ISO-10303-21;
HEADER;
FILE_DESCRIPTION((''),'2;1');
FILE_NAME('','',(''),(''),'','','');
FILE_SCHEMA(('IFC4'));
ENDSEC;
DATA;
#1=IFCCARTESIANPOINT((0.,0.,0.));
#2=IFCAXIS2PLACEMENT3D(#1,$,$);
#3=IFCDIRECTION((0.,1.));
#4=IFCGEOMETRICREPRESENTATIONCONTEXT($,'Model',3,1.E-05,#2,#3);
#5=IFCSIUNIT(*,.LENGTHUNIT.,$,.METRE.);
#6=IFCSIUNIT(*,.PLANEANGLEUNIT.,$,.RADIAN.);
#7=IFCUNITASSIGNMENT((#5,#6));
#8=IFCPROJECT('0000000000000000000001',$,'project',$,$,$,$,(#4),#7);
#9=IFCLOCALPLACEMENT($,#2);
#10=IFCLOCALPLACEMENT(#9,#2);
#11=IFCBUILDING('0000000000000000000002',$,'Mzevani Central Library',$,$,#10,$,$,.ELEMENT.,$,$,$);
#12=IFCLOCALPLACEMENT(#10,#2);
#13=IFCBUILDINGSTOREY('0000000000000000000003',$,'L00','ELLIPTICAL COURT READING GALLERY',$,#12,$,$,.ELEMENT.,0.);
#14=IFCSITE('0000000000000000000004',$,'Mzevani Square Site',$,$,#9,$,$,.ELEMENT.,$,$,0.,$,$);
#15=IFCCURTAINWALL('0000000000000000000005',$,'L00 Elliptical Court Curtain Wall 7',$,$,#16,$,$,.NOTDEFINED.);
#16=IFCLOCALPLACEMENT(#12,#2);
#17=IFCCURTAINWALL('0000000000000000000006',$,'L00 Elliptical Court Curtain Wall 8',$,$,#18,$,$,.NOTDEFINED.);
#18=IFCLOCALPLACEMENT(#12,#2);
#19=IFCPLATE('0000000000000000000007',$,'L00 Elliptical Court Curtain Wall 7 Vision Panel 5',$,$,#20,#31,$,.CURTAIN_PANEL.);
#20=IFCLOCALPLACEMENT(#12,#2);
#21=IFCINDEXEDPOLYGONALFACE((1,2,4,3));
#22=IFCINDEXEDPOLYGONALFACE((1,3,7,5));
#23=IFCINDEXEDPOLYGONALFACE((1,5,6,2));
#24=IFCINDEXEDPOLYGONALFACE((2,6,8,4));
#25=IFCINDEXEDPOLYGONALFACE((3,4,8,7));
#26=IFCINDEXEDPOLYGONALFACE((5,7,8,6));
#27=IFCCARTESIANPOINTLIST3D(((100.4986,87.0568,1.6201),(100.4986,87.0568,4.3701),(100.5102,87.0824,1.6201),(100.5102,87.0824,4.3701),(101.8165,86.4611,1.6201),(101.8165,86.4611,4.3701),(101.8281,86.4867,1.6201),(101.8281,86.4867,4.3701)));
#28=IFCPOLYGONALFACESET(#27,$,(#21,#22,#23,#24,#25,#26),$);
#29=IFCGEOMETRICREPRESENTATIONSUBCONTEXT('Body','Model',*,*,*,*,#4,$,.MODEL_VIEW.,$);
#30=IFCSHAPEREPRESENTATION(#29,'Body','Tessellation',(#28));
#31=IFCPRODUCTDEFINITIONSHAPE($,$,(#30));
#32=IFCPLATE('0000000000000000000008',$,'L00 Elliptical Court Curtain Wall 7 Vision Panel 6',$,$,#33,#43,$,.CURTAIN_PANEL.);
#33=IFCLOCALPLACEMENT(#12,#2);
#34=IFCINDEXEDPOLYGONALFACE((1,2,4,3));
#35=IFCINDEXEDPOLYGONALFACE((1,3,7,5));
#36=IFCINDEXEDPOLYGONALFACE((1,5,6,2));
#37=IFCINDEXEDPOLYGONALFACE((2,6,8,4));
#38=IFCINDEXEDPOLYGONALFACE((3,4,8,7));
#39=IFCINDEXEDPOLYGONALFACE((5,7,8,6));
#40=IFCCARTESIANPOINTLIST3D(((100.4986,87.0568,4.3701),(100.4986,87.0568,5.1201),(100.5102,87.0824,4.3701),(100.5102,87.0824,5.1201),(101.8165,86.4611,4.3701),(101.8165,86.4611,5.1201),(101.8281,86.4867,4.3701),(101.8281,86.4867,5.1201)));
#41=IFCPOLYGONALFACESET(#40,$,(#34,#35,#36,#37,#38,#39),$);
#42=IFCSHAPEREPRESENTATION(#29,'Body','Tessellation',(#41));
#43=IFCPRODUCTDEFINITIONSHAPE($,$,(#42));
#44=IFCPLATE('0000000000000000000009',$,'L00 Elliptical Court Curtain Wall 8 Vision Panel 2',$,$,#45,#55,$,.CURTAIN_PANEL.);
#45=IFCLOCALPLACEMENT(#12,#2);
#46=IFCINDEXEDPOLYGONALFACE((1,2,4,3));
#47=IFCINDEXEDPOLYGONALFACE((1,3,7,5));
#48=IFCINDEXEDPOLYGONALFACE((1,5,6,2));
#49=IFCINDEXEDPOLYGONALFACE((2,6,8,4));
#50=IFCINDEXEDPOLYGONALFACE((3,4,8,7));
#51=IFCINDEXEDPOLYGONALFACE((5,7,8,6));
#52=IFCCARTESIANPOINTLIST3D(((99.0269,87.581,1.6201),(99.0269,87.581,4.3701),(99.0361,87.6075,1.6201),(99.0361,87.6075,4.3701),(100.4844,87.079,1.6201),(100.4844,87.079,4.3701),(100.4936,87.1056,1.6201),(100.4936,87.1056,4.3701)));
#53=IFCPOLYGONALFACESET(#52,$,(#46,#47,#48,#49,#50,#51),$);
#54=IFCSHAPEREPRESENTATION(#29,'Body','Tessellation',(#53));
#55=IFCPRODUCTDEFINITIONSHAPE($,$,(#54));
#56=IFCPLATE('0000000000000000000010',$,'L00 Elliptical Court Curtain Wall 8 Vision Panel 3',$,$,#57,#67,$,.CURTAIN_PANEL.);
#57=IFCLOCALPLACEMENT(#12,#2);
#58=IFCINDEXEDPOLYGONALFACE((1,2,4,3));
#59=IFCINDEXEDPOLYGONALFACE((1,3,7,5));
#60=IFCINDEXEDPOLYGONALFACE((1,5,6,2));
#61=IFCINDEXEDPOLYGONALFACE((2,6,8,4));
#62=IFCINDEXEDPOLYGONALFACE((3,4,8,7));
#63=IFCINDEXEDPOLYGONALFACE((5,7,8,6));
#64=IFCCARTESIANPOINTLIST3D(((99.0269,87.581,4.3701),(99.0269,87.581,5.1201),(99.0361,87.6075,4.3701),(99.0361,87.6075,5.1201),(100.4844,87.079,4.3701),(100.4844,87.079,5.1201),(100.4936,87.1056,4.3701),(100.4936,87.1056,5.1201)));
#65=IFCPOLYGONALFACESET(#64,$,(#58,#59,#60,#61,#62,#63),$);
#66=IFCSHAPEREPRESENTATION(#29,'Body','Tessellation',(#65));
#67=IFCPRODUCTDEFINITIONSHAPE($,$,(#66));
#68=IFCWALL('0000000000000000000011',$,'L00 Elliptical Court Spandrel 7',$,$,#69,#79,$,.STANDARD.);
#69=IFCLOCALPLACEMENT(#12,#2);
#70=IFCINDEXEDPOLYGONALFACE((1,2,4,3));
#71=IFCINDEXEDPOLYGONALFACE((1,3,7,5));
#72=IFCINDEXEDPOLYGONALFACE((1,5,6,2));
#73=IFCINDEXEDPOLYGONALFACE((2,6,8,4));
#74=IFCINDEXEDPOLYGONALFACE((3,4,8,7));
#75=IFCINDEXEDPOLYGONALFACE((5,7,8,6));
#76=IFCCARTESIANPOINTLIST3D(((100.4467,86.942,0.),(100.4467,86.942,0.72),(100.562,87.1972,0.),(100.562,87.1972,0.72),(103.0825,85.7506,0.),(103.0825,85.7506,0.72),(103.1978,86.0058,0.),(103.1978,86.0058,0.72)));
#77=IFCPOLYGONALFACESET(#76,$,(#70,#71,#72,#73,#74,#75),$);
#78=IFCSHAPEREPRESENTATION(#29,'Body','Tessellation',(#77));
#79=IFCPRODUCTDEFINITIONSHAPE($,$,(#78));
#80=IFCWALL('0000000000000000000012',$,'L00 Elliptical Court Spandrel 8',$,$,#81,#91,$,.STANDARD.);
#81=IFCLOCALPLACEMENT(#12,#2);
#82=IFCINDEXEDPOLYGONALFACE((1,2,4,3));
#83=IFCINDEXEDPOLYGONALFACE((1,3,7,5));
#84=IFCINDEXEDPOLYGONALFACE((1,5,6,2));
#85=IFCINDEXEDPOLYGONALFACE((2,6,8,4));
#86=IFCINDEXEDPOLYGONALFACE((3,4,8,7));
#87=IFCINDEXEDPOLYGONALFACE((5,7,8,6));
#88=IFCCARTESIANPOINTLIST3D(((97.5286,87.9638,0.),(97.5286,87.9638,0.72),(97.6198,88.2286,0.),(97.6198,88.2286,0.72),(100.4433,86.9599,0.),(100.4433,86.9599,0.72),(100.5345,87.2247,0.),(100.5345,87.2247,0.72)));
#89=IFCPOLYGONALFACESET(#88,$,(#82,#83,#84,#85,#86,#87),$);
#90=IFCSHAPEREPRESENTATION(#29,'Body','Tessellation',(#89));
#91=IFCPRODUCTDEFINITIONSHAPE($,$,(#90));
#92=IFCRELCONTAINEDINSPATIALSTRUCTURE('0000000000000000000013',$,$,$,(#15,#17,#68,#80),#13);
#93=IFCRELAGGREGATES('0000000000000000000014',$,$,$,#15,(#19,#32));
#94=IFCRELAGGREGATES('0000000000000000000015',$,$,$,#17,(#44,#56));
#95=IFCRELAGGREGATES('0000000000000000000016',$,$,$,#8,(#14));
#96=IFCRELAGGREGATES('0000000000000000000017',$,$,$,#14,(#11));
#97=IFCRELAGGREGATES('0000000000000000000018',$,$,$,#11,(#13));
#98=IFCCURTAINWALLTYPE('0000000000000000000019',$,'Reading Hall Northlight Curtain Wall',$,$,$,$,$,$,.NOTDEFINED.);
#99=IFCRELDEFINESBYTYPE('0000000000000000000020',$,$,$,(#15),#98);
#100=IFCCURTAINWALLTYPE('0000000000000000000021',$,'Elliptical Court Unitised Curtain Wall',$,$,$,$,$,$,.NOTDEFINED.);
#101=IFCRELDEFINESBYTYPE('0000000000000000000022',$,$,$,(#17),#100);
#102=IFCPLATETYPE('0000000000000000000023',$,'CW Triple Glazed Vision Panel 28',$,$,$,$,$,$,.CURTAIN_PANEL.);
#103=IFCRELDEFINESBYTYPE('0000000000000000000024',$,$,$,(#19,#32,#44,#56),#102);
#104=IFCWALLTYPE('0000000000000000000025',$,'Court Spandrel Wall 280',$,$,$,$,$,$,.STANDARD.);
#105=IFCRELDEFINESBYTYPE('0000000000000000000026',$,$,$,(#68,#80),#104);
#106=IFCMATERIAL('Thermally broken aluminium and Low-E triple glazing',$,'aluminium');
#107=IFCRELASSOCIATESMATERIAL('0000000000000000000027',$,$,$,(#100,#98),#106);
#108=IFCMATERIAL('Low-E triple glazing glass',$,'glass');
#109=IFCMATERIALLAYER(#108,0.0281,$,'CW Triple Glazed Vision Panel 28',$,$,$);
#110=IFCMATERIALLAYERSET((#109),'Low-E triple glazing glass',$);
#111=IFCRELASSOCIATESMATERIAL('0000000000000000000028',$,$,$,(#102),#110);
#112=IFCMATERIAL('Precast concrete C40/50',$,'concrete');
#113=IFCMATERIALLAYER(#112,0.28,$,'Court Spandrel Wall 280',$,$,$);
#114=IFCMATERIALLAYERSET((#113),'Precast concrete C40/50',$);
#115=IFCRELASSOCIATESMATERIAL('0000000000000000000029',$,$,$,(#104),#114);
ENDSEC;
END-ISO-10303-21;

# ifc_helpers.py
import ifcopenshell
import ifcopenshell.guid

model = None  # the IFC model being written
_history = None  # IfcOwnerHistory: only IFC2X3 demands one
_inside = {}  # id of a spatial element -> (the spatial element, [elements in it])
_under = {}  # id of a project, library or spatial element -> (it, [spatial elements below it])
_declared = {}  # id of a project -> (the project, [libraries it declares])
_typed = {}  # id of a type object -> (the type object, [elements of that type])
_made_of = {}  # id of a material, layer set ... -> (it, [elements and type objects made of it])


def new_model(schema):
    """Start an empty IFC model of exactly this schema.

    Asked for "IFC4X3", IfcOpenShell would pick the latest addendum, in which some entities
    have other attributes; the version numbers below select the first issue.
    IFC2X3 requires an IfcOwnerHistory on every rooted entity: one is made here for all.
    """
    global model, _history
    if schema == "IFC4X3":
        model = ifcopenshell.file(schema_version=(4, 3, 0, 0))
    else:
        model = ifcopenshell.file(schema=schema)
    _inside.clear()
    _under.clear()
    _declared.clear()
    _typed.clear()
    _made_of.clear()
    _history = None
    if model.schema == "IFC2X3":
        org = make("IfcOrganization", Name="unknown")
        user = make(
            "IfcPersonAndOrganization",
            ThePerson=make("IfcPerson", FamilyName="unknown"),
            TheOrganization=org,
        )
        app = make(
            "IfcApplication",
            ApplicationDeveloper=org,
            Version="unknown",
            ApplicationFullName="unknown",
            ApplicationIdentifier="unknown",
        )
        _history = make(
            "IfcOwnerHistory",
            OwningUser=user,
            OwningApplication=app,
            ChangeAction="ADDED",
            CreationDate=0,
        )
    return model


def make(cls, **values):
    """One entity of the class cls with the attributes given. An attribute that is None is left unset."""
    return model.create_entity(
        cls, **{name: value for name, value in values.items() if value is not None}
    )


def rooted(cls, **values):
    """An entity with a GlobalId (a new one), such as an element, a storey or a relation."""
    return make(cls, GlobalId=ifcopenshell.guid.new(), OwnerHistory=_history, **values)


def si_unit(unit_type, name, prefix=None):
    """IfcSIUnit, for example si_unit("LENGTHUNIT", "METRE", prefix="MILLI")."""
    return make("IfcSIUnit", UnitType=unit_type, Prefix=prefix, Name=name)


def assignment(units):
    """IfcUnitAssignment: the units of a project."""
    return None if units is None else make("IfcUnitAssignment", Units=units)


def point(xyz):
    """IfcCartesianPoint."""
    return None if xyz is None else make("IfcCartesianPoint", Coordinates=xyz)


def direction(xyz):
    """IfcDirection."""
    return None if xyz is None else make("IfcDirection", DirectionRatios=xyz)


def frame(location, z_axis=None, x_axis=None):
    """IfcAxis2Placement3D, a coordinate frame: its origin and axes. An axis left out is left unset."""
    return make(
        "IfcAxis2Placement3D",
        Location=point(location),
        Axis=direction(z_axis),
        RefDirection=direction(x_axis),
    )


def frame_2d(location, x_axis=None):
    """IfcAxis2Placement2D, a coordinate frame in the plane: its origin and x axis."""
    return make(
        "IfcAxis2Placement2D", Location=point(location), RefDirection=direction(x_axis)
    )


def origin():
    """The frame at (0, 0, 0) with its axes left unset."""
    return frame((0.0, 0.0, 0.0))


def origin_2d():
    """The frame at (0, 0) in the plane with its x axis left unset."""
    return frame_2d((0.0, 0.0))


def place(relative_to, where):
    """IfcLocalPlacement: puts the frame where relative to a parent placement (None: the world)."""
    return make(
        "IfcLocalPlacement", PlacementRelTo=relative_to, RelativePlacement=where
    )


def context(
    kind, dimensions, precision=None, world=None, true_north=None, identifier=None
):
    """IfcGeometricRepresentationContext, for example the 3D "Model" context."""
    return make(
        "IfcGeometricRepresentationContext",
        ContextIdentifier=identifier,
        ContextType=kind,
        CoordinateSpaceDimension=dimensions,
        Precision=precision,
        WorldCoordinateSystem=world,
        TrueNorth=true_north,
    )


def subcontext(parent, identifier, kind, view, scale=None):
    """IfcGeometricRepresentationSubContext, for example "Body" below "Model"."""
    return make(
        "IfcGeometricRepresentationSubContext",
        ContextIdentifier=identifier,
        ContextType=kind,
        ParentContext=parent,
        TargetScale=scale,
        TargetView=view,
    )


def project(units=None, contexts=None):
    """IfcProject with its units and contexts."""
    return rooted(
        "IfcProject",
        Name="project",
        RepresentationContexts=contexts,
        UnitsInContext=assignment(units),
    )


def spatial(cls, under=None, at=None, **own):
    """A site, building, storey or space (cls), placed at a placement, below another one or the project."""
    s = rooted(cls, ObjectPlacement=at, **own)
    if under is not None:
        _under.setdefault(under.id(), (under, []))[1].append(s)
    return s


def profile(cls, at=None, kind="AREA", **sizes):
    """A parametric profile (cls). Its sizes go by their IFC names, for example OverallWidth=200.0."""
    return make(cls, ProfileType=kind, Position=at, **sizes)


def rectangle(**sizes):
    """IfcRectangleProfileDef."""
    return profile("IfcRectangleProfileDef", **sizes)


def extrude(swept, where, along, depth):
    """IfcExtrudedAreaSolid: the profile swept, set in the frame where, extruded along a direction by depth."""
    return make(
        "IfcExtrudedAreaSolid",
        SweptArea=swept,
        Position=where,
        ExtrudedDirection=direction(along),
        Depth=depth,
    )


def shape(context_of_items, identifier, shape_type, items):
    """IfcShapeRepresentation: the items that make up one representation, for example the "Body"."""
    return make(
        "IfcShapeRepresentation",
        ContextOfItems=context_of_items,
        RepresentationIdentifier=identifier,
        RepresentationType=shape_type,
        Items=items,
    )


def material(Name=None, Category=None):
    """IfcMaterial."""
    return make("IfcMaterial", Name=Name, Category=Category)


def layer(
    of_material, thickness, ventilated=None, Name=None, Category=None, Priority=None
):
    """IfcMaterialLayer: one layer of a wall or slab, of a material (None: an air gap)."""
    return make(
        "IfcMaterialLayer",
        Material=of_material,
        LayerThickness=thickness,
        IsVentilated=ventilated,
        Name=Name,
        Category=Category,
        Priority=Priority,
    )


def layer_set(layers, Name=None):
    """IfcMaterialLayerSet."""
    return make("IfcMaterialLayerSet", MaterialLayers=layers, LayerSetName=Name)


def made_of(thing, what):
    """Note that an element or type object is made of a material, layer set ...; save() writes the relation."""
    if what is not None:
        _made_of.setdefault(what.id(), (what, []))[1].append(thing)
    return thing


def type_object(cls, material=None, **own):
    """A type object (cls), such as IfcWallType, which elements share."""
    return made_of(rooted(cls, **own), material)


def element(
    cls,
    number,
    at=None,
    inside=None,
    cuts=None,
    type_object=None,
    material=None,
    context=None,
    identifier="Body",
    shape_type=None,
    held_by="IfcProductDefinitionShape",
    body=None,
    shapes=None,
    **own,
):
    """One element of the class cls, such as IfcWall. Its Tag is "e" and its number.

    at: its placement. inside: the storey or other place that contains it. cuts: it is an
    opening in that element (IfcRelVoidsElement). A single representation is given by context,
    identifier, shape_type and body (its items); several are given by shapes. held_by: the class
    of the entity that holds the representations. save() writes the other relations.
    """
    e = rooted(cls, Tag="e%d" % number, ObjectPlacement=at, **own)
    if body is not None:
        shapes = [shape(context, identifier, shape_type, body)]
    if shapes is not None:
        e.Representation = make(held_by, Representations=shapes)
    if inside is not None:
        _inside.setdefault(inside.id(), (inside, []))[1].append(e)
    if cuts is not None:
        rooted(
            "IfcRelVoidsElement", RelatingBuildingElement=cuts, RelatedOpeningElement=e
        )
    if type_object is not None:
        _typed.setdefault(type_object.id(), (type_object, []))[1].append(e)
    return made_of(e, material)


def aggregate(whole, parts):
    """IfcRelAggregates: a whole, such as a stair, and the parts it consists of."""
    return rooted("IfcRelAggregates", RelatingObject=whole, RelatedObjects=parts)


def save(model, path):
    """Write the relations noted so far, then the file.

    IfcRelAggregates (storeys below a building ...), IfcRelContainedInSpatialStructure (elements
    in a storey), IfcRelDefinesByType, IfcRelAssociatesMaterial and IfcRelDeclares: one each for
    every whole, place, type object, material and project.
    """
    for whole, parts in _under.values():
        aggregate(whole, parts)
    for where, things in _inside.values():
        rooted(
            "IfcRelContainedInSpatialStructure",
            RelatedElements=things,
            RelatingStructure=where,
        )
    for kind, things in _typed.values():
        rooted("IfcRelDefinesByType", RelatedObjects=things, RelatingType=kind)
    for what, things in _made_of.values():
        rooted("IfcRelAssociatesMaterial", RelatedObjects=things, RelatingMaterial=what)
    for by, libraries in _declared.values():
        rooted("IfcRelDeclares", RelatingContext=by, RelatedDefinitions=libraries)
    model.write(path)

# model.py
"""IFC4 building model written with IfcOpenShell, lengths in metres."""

from ifc_helpers import new_model, si_unit, direction, frame, frame_2d, origin, origin_2d, place, context, subcontext, project, spatial, rectangle, extrude, material, layer, layer_set, type_object, element, aggregate, save


model = new_model("IFC4")

# Units and contexts
model_context = context("Model", 3, precision=1e-05, world=origin(), true_north=direction((0.0, 1.0)))
body_context = subcontext(model_context, "Body", "Model", "MODEL_VIEW")
ifc_project = project(units=[si_unit("LENGTHUNIT", "METRE"), si_unit("PLANEANGLEUNIT", "RADIAN")], contexts=[model_context])

# Site, building, storey
site_placement = place(None, origin())
site = spatial("IfcSite", under=ifc_project, at=site_placement, Name="Mzevani Square Site", CompositionType="ELEMENT", RefElevation=0.0)
building_placement = place(site_placement, origin())
building = spatial("IfcBuilding", under=site, at=building_placement, Name="Mzevani Central Library", CompositionType="ELEMENT")
storey_placement = place(building_placement, origin())
storey = spatial("IfcBuildingStorey", under=building, at=storey_placement, Name="L00", Description="ELLIPTICAL COURT READING GALLERY", CompositionType="ELEMENT", Elevation=0.0)

# Shared definitions
ifc_material_1 = material(Name="Thermally broken aluminium and Low-E triple glazing", Category="aluminium")
curtain_wall_type_1 = type_object("IfcCurtainWallType", Name="Elliptical Court Unitised Curtain Wall", PredefinedType="NOTDEFINED", material=ifc_material_1)

# Curtain wall
curtain_wall_type_2 = type_object("IfcCurtainWallType", Name="Reading Hall Northlight Curtain Wall", PredefinedType="NOTDEFINED", material=ifc_material_1)
curtain_wall_1_placement = place(storey_placement, origin())
curtain_wall_1 = element("IfcCurtainWall", 1, at=curtain_wall_1_placement, inside=storey, type_object=curtain_wall_type_2, Name="L00 Elliptical Court Curtain Wall 7", PredefinedType="NOTDEFINED")

# Curtain wall
curtain_wall_2_placement = place(storey_placement, origin())
curtain_wall_2 = element("IfcCurtainWall", 2, at=curtain_wall_2_placement, inside=storey, type_object=curtain_wall_type_1, Name="L00 Elliptical Court Curtain Wall 8", PredefinedType="NOTDEFINED")

# Plates
ifc_material_2 = material(Name="Low-E triple glazing glass", Category="glass")
ifc_layer_1 = layer(ifc_material_2, 0.0281, Name="CW Triple Glazed Vision Panel 28")
ifc_layer_set_1 = layer_set([ifc_layer_1], Name="Low-E triple glazing glass")
plate_type_1 = type_object("IfcPlateType", Name="CW Triple Glazed Vision Panel 28", PredefinedType="CURTAIN_PANEL", material=ifc_layer_set_1)
plate_1_placement = place(storey_placement, frame((101.1633, 86.7717, 1.6201), z_axis=(0.0, 0.0, 1.0), x_axis=(-0.911237, 0.411882, 0.0)))
plate_1 = element("IfcPlate", 3, at=plate_1_placement, type_object=plate_type_1, Name="L00 Elliptical Court Curtain Wall 7 Vision Panel 5", PredefinedType="CURTAIN_PANEL", context=body_context, shape_type="SweptSolid", body=[
    extrude(rectangle(XDim=1.4463, YDim=0.0281, at=origin_2d()), origin(), (0.0, 0.0, 1.0), 2.75),
])
plate_2_placement = place(storey_placement, frame((101.1633, 86.7717, 4.3701), z_axis=(0.0, 0.0, 1.0), x_axis=(-0.911237, 0.411882, 0.0)))
plate_2 = element("IfcPlate", 4, at=plate_2_placement, type_object=plate_type_1, Name="L00 Elliptical Court Curtain Wall 7 Vision Panel 6", PredefinedType="CURTAIN_PANEL", context=body_context, shape_type="SweptSolid", body=[
    extrude(rectangle(XDim=1.4463, YDim=0.0281, at=origin_2d()), origin(), (0.0, 0.0, 1.0), 0.75),
])
aggregate(curtain_wall_1, [plate_1, plate_2])
plate_3_placement = place(storey_placement, frame((99.7603, 87.3433, 1.6201), z_axis=(0.0, 0.0, 1.0), x_axis=(-0.945503, 0.325613, 0.0)))
plate_3 = element("IfcPlate", 5, at=plate_3_placement, type_object=plate_type_1, Name="L00 Elliptical Court Curtain Wall 8 Vision Panel 2", PredefinedType="CURTAIN_PANEL", context=body_context, shape_type="SweptSolid", body=[
    extrude(rectangle(XDim=1.5415, YDim=0.0281, at=origin_2d()), origin(), (0.0, 0.0, 1.0), 2.75),
])
plate_4_placement = place(storey_placement, frame((99.7603, 87.3433, 4.3701), z_axis=(0.0, 0.0, 1.0), x_axis=(-0.945503, 0.325613, 0.0)))
plate_4 = element("IfcPlate", 6, at=plate_4_placement, type_object=plate_type_1, Name="L00 Elliptical Court Curtain Wall 8 Vision Panel 3", PredefinedType="CURTAIN_PANEL", context=body_context, shape_type="SweptSolid", body=[
    extrude(rectangle(XDim=1.5415, YDim=0.0281, at=origin_2d()), origin(), (0.0, 0.0, 1.0), 0.75),
])
aggregate(curtain_wall_2, [plate_3, plate_4])

# Walls
ifc_material_3 = material(Name="Precast concrete C40/50", Category="concrete")
ifc_layer_2 = layer(ifc_material_3, 0.28, Name="Court Spandrel Wall 280")
ifc_layer_set_2 = layer_set([ifc_layer_2], Name="Precast concrete C40/50")
wall_type = type_object("IfcWallType", Name="Court Spandrel Wall 280", PredefinedType="STANDARD", material=ifc_layer_set_2)
wall_1_placement = place(storey_placement, frame((103.1401, 85.8782, 0.0), z_axis=(0.0, 0.0, 1.0), x_axis=(-0.911232, 0.411894, 0.0)))
element("IfcWall", 7, at=wall_1_placement, inside=storey, type_object=wall_type, Name="L00 Elliptical Court Spandrel 7", PredefinedType="STANDARD", context=body_context, shape_type="SweptSolid", body=[
    extrude(rectangle(XDim=2.8926, YDim=0.28, at=frame_2d((1.4463, 0.0))), origin(), (0.0, 0.0, 1.0), 0.72),
])
wall_2_placement = place(storey_placement, frame((100.489, 87.0923, 0.0), z_axis=(0.0, 0.0, 1.0), x_axis=(-0.945492, 0.325644, 0.0)))
element("IfcWall", 8, at=wall_2_placement, inside=storey, type_object=wall_type, Name="L00 Elliptical Court Spandrel 8", PredefinedType="STANDARD", context=body_context, shape_type="SweptSolid", body=[
    extrude(rectangle(XDim=3.0828, YDim=0.28, at=frame_2d((1.5415, 0.0))), origin(), (0.0, 0.0, 1.0), 0.72),
])

save(model, "model.ifc")
